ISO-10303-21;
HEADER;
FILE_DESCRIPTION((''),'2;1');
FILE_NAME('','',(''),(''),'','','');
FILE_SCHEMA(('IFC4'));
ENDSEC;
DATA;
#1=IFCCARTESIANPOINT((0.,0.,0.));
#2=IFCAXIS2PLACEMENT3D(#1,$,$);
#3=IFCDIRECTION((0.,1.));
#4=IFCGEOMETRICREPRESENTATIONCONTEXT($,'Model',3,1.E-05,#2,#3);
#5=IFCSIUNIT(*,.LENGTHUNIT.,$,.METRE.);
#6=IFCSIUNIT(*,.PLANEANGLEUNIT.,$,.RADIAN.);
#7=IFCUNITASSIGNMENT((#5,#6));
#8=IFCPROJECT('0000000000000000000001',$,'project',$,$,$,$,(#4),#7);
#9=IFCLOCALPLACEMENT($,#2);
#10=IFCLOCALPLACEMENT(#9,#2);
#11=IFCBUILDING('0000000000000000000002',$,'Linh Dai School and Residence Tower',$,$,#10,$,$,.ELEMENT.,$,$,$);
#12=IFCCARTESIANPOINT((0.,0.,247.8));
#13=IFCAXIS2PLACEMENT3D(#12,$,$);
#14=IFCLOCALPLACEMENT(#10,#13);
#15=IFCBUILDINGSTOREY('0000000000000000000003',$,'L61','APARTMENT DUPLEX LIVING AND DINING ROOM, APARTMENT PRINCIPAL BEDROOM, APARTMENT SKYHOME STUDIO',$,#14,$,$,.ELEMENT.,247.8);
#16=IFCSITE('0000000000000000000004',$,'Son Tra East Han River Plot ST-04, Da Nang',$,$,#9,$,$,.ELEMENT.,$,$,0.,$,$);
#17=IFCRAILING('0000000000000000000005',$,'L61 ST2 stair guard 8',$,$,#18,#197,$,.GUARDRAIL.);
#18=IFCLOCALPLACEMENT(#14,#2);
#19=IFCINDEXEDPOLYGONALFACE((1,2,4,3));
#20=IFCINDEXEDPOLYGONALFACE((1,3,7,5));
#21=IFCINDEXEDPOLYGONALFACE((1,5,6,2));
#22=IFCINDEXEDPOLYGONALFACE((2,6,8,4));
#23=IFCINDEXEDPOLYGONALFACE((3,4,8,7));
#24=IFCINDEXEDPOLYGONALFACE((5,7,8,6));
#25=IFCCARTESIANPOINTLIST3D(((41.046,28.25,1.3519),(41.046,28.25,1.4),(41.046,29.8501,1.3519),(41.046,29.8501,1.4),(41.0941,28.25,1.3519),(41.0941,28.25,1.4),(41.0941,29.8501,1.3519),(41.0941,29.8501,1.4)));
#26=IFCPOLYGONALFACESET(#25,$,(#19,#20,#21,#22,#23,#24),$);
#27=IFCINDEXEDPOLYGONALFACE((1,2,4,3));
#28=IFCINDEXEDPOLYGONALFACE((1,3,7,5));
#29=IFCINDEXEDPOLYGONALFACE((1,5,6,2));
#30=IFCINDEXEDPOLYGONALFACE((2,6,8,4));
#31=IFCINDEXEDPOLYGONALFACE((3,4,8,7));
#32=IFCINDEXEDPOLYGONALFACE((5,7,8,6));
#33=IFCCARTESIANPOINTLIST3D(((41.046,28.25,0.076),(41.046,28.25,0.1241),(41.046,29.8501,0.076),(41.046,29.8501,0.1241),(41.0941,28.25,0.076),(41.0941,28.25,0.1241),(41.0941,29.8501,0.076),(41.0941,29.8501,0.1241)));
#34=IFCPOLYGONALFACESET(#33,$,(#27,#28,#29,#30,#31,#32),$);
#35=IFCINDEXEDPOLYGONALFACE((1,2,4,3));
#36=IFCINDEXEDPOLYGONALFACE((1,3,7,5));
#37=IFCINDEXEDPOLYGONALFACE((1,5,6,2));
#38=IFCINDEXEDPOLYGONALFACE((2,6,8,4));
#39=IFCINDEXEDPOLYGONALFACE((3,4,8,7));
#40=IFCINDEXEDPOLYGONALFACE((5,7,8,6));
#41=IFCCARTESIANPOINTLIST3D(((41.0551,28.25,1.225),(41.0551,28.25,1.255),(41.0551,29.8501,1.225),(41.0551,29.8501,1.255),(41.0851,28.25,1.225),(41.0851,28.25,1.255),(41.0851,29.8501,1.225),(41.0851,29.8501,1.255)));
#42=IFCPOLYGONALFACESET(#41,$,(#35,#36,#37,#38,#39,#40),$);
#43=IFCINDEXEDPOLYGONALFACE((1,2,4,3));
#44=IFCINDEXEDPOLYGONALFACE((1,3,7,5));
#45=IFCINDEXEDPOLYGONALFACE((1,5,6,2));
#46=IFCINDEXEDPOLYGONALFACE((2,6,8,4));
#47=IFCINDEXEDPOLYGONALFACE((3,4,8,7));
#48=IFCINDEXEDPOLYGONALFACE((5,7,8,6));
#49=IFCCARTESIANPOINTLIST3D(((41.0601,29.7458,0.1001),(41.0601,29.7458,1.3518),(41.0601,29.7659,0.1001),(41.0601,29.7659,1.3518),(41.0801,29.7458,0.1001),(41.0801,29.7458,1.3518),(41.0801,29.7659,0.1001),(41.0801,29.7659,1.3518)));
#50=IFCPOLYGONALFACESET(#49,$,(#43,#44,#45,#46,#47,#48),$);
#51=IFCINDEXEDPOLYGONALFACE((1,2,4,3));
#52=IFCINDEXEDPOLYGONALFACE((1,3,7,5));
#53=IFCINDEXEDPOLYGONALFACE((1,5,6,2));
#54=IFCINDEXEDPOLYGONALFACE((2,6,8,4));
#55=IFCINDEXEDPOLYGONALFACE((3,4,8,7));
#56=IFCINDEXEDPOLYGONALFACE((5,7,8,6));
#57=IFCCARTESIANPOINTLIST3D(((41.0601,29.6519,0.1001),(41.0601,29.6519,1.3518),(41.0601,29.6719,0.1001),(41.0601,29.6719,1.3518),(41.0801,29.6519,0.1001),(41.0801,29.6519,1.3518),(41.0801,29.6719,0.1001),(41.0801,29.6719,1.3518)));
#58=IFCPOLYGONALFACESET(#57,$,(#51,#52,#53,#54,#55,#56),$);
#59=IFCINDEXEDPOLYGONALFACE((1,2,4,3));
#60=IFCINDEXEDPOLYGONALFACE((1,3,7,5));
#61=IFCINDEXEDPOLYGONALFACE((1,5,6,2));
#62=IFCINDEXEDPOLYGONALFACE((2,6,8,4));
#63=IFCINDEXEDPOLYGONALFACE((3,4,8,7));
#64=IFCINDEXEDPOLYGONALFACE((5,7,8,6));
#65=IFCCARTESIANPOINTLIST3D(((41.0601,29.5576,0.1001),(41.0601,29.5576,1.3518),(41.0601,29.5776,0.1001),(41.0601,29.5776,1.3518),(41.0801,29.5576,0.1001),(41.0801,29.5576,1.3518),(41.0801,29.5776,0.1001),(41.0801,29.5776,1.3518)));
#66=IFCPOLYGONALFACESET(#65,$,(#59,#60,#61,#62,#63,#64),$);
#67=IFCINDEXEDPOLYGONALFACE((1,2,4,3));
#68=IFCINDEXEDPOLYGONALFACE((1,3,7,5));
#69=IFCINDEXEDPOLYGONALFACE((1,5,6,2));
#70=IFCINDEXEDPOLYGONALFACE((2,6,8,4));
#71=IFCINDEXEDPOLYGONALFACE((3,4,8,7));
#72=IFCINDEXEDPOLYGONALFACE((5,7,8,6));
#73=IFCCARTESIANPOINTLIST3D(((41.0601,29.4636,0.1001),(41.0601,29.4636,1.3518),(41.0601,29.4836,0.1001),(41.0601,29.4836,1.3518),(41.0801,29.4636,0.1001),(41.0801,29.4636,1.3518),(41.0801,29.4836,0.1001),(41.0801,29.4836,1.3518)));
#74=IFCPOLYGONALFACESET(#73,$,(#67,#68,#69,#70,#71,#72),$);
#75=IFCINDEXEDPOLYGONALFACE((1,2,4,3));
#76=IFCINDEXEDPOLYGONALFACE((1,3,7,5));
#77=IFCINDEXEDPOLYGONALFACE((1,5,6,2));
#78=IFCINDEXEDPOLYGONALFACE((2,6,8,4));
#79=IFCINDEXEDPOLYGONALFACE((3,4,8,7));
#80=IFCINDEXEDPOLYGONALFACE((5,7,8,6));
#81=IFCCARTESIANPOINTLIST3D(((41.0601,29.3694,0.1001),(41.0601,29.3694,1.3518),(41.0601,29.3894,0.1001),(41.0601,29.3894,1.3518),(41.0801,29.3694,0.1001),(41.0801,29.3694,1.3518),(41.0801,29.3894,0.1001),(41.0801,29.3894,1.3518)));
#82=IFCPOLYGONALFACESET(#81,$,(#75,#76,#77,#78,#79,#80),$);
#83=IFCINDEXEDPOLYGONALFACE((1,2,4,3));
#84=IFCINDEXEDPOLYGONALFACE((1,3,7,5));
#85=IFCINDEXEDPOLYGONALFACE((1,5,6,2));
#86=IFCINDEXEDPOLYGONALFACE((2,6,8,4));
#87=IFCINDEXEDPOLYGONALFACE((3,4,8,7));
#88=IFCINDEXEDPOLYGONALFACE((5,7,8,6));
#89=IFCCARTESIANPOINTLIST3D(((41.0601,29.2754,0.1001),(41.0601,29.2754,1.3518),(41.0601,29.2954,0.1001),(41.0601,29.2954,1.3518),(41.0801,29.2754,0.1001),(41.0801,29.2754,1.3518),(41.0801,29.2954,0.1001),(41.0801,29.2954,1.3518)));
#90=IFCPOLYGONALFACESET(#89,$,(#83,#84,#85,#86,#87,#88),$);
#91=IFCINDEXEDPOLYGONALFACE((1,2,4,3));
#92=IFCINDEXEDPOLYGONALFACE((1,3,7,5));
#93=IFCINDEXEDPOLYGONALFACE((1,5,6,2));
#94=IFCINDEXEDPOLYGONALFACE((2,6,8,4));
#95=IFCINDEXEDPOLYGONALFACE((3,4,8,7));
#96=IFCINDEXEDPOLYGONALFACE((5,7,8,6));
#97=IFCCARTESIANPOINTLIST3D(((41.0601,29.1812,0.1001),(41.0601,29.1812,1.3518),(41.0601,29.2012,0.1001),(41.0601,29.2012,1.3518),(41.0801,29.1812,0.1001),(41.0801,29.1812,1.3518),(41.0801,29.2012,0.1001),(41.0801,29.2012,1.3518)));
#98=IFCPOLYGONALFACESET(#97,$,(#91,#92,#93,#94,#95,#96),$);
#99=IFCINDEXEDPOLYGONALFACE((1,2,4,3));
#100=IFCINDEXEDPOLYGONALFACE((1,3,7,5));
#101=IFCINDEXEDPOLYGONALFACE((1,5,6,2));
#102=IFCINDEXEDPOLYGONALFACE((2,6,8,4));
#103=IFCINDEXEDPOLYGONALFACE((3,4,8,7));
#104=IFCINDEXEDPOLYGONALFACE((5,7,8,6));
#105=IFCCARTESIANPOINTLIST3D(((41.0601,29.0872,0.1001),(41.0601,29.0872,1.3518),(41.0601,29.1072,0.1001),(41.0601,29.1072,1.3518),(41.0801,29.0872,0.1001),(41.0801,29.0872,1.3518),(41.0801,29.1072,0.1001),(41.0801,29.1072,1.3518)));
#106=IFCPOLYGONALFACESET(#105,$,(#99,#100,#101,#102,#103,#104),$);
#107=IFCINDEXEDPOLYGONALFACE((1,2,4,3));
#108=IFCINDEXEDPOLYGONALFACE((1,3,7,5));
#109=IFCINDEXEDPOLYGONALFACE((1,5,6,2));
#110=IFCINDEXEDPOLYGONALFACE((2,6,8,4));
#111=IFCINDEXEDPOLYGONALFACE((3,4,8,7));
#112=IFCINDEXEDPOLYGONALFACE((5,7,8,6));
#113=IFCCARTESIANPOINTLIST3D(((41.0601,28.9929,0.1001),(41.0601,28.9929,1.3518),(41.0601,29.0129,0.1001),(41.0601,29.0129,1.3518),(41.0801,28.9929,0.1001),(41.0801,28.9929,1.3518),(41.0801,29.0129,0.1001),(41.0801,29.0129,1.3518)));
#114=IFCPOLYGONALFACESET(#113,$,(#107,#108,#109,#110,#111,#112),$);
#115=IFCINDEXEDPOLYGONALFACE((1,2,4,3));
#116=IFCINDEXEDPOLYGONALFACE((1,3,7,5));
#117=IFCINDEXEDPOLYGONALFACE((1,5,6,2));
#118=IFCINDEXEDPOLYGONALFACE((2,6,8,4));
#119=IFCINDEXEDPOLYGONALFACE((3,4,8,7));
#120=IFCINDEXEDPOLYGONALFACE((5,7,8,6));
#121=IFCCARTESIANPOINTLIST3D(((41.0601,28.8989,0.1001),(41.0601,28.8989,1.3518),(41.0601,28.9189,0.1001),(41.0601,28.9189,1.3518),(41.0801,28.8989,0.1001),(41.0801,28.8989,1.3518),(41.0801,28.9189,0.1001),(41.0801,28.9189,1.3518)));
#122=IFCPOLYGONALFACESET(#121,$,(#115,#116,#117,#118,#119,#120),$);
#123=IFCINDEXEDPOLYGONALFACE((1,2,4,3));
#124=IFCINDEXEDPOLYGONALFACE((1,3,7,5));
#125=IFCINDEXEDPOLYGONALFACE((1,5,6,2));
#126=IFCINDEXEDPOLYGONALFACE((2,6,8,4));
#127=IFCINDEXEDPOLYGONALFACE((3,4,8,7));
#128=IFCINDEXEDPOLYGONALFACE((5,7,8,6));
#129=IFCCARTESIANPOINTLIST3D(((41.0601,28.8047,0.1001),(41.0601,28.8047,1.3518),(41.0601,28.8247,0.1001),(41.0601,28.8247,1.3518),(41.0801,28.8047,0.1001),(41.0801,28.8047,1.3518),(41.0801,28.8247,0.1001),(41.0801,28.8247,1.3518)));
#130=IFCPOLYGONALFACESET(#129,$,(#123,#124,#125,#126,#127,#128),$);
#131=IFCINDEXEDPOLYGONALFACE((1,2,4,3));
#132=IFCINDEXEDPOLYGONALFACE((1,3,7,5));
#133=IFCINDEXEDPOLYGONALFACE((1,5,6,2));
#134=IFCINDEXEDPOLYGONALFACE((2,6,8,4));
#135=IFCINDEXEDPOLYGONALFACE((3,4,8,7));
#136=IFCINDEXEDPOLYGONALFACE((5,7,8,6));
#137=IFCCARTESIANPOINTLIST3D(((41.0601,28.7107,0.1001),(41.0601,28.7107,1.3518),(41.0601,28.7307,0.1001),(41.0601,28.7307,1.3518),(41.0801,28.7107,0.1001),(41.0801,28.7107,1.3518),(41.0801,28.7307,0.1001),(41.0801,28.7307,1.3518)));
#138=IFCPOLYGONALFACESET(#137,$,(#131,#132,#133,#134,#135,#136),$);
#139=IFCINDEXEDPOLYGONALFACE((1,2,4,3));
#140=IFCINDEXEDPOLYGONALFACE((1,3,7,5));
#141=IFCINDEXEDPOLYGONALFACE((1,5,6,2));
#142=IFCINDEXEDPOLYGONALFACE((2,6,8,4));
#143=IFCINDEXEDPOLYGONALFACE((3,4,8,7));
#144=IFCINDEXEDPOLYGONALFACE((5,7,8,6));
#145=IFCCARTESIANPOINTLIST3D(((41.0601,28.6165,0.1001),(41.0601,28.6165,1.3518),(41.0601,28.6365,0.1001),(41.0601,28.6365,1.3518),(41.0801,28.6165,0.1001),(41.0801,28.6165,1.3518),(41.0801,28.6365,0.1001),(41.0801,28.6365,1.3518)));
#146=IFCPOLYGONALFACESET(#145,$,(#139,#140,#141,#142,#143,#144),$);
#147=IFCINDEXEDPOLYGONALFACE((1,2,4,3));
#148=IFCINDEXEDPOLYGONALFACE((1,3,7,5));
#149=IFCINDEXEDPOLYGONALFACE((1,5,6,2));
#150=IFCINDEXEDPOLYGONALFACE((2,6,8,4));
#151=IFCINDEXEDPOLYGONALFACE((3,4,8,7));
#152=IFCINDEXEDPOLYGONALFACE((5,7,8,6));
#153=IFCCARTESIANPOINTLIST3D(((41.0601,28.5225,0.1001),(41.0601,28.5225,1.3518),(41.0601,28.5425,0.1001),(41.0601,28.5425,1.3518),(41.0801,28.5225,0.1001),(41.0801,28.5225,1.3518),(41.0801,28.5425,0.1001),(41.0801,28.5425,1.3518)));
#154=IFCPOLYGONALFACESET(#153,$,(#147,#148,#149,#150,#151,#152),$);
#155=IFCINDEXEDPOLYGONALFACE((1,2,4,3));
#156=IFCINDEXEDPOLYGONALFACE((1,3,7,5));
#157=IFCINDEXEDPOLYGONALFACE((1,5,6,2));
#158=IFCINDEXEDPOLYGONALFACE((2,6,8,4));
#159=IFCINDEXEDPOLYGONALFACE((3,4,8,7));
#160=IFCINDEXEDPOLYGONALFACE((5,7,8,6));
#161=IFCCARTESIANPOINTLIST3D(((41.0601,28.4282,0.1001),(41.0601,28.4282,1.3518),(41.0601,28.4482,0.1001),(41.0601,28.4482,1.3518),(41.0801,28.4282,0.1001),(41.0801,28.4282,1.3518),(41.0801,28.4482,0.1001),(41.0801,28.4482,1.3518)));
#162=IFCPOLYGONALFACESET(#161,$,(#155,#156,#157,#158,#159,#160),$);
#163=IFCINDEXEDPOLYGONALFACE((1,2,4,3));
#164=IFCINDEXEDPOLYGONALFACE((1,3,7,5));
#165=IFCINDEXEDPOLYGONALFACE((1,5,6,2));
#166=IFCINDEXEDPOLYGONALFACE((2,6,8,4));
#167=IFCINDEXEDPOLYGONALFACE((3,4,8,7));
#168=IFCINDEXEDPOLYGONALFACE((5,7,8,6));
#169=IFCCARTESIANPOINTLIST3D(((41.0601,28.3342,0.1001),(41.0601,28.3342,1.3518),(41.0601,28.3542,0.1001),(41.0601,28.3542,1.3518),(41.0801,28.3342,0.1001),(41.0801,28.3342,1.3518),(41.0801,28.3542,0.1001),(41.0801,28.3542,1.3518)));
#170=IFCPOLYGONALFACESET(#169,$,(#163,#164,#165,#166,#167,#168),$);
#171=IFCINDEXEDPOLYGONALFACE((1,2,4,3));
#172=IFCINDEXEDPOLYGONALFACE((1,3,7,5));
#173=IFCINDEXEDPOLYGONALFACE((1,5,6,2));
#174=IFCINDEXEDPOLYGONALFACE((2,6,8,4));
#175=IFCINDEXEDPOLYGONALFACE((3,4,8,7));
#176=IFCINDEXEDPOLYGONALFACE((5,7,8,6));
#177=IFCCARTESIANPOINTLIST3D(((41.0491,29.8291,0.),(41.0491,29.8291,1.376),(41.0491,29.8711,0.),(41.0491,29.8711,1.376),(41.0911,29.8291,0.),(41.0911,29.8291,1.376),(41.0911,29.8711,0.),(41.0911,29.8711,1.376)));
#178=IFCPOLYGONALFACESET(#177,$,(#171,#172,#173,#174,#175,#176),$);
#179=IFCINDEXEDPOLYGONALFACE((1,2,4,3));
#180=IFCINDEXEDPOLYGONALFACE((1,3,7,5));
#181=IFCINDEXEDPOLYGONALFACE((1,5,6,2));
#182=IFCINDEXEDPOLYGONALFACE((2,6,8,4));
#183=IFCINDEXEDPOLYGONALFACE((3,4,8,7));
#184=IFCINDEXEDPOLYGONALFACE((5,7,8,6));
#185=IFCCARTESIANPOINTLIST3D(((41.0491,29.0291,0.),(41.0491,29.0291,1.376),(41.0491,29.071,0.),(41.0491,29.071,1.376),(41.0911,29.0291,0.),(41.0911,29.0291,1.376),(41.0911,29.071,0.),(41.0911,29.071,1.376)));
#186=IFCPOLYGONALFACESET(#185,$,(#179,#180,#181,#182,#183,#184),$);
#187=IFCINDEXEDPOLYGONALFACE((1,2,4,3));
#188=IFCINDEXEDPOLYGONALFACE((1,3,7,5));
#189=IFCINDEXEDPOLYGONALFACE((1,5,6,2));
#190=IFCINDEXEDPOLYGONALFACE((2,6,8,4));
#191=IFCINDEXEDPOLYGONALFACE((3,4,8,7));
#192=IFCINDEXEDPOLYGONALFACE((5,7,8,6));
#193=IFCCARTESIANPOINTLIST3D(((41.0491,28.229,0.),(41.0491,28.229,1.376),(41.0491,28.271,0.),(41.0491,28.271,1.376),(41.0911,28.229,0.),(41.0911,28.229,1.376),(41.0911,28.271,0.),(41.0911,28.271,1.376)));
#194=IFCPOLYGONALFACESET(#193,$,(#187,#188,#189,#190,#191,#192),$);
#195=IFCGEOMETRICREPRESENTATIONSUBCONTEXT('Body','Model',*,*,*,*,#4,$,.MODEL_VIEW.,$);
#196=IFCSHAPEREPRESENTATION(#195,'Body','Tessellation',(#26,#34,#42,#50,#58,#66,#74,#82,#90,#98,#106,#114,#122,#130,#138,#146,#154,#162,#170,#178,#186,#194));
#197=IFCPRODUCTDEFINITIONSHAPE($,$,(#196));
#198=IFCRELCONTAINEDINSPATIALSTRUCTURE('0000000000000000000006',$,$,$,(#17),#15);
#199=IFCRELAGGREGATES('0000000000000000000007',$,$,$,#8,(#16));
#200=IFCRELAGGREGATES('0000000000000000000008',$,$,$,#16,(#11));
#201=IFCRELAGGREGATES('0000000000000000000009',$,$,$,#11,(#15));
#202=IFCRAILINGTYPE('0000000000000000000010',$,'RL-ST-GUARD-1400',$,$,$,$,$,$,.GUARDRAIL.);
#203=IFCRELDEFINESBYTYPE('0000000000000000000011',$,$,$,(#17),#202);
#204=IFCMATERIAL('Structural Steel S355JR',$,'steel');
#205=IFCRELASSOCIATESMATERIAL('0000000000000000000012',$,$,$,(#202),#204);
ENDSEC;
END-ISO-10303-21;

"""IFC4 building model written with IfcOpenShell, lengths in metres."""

from ifc_helpers import new_model, si_unit, direction, frame, origin, origin_2d, place, context, subcontext, project, spatial, rectangle, extrude, source, transform, mapped, material, type_object, element, save


model = new_model("IFC4")

# Units and contexts
model_context = context("Model", 3, precision=1e-05, world=origin(), true_north=direction((0.0, 1.0)))
body_context = subcontext(model_context, "Body", "Model", "MODEL_VIEW")
ifc_project = project(units=[si_unit("LENGTHUNIT", "METRE"), si_unit("PLANEANGLEUNIT", "RADIAN")], contexts=[model_context])

# Site, building, storey
site_placement = place(None, origin())
site = spatial("IfcSite", under=ifc_project, at=site_placement, Name="Son Tra East Han River Plot ST-04, Da Nang", CompositionType="ELEMENT", RefElevation=0.0)
building_placement = place(site_placement, origin())
building = spatial("IfcBuilding", under=site, at=building_placement, Name="Linh Dai School and Residence Tower", CompositionType="ELEMENT")
storey_placement = place(building_placement, frame((0.0, 0.0, 247.8)))
storey = spatial("IfcBuildingStorey", under=building, at=storey_placement, Name="L61", Description="APARTMENT DUPLEX LIVING AND DINING ROOM, APARTMENT PRINCIPAL BEDROOM, APARTMENT SKYHOME STUDIO", CompositionType="ELEMENT", Elevation=247.8)

# Shared definitions
ifc_material_1 = material(Name="Structural Steel S355JR", Category="steel")

# Railing
railing_type_1 = type_object("IfcRailingType", Name="RL-ST-GUARD-1400", PredefinedType="GUARDRAIL", material=ifc_material_1)
shared_shape_1 = source(origin(), body_context, "Body", "SweptSolid", [
    extrude(rectangle(XDim=0.0481, YDim=0.0481, at=origin_2d()), frame((0.0, 0.0, 1.376), z_axis=(0.0, -1.0, 0.0), x_axis=(1.0, 0.0, 0.0)), (0.0, 0.0, 1.0), 1.6001),
    extrude(rectangle(XDim=0.0481, YDim=0.0481, at=origin_2d()), frame((0.0, 0.0, 0.1001), z_axis=(0.0, -1.0, 0.0), x_axis=(1.0, 0.0, 0.0)), (0.0, 0.0, 1.0), 1.6001),
    extrude(rectangle(XDim=0.03, YDim=0.03, at=origin_2d()), frame((0.0, 0.0, 1.24), z_axis=(0.0, -1.0, 0.0), x_axis=(1.0, 0.0, 0.0)), (0.0, 0.0, 1.0), 1.6001),
    extrude(rectangle(XDim=0.02, YDim=0.02, at=origin_2d()), frame((0.0, -0.0942, 0.1001)), (0.0, 0.0, 1.0), 1.2517),
    extrude(rectangle(XDim=0.02, YDim=0.02, at=origin_2d()), frame((0.0, -0.1882, 0.1001)), (0.0, 0.0, 1.0), 1.2517),
    extrude(rectangle(XDim=0.02, YDim=0.02, at=origin_2d()), frame((0.0, -0.2825, 0.1001)), (0.0, 0.0, 1.0), 1.2517),
    extrude(rectangle(XDim=0.02, YDim=0.02, at=origin_2d()), frame((0.0, -0.3765, 0.1001)), (0.0, 0.0, 1.0), 1.2517),
    extrude(rectangle(XDim=0.02, YDim=0.02, at=origin_2d()), frame((0.0, -0.4707, 0.1001)), (0.0, 0.0, 1.0), 1.2517),
    extrude(rectangle(XDim=0.02, YDim=0.02, at=origin_2d()), frame((0.0, -0.5647, 0.1001)), (0.0, 0.0, 1.0), 1.2517),
    extrude(rectangle(XDim=0.02, YDim=0.02, at=origin_2d()), frame((0.0, -0.6589, 0.1001)), (0.0, 0.0, 1.0), 1.2517),
    extrude(rectangle(XDim=0.02, YDim=0.02, at=origin_2d()), frame((0.0, -0.7529, 0.1001)), (0.0, 0.0, 1.0), 1.2517),
    extrude(rectangle(XDim=0.02, YDim=0.02, at=origin_2d()), frame((0.0, -0.8472, 0.1001)), (0.0, 0.0, 1.0), 1.2517),
    extrude(rectangle(XDim=0.02, YDim=0.02, at=origin_2d()), frame((0.0, -0.9412, 0.1001)), (0.0, 0.0, 1.0), 1.2517),
    extrude(rectangle(XDim=0.02, YDim=0.02, at=origin_2d()), frame((0.0, -1.0354, 0.1001)), (0.0, 0.0, 1.0), 1.2517),
    extrude(rectangle(XDim=0.02, YDim=0.02, at=origin_2d()), frame((0.0, -1.1294, 0.1001)), (0.0, 0.0, 1.0), 1.2517),
    extrude(rectangle(XDim=0.02, YDim=0.02, at=origin_2d()), frame((0.0, -1.2236, 0.1001)), (0.0, 0.0, 1.0), 1.2517),
    extrude(rectangle(XDim=0.02, YDim=0.02, at=origin_2d()), frame((0.0, -1.3176, 0.1001)), (0.0, 0.0, 1.0), 1.2517),
    extrude(rectangle(XDim=0.02, YDim=0.02, at=origin_2d()), frame((0.0, -1.4119, 0.1001)), (0.0, 0.0, 1.0), 1.2517),
    extrude(rectangle(XDim=0.02, YDim=0.02, at=origin_2d()), frame((0.0, -1.5059, 0.1001)), (0.0, 0.0, 1.0), 1.2517),
    extrude(rectangle(XDim=0.042, YDim=0.042, at=origin_2d()), origin(), (0.0, 0.0, 1.0), 1.376),
    extrude(rectangle(XDim=0.042, YDim=0.042, at=origin_2d()), frame((0.0, -0.8, 0.0)), (0.0, 0.0, 1.0), 1.376),
    extrude(rectangle(XDim=0.042, YDim=0.042, at=origin_2d()), frame((0.0, -1.6001, 0.0)), (0.0, 0.0, 1.0), 1.376),
])
for number, where, name in (
    (1, (41.0701, 29.8501, 0.0), "L61 ST2 stair guard 8"),
):
    element("IfcRailing", number, at=place(storey_placement, frame(where)), inside=storey, type_object=railing_type_1, Name=name, PredefinedType="GUARDRAIL", context=body_context, shape_type="MappedRepresentation", body=[
        mapped(shared_shape_1, transform((0.0, 0.0, 0.0), x_axis=(1.0, 0.0, 0.0), y_axis=(0.0, 1.0, 0.0), z_axis=(0.0, 0.0, 1.0), scale=1.0)),
    ])

save(model, "model.ifc")
